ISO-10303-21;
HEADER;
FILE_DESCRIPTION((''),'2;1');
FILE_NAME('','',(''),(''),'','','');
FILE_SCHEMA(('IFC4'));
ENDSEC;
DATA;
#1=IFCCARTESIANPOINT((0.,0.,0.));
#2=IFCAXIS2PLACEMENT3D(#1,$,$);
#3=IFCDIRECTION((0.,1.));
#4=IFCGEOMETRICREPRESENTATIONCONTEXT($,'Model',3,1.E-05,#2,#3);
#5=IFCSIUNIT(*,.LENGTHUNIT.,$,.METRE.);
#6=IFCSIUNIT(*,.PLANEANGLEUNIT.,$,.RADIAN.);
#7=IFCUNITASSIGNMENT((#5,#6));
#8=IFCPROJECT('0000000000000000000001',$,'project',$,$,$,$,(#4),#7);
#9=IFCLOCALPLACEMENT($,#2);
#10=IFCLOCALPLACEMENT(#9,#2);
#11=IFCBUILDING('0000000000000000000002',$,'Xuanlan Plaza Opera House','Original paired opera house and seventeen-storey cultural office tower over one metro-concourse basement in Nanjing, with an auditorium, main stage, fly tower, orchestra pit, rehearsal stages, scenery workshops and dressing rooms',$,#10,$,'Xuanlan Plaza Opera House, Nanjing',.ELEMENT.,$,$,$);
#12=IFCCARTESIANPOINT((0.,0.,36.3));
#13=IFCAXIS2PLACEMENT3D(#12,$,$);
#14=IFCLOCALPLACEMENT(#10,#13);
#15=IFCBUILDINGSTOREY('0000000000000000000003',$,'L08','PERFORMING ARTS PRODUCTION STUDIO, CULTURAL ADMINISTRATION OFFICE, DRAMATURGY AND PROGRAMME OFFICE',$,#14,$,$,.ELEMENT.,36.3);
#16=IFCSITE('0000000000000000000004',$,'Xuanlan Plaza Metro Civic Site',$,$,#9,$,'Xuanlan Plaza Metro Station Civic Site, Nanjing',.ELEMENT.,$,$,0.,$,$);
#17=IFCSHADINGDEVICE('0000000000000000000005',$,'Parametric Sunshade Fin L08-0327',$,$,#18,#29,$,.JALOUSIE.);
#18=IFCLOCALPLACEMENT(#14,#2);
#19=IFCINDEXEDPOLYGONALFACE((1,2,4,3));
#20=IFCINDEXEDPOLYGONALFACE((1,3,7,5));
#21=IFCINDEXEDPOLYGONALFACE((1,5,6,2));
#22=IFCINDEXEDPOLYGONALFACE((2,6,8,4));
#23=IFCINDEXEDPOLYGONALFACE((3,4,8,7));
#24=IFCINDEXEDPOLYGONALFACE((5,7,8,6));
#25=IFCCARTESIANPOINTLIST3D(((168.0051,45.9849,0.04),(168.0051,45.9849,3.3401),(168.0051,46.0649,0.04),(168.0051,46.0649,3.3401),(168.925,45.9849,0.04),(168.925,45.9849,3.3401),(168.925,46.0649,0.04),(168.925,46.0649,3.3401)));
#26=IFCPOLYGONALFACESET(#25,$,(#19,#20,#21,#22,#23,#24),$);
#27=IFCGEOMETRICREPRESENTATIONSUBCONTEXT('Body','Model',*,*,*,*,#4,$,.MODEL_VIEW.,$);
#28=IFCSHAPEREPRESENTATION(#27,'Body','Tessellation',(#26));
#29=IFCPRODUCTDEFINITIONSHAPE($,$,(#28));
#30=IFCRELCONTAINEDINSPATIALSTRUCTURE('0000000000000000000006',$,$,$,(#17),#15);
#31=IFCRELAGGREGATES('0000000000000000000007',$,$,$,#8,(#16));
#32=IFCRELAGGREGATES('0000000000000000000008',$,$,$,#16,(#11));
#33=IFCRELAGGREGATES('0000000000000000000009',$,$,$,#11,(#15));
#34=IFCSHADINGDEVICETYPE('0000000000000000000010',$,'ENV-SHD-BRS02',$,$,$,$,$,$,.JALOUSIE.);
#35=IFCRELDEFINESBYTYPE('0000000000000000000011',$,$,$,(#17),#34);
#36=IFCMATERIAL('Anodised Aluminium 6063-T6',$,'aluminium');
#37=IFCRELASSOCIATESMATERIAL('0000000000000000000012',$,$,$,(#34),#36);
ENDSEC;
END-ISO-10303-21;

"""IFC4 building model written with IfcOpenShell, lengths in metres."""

from ifc_helpers import new_model, si_unit, direction, frame, origin, origin_2d, place, context, subcontext, project, spatial, rectangle, extrude, material, type_object, element, save


model = new_model("IFC4")

# Units and contexts
model_context = context("Model", 3, precision=1e-05, world=origin(), true_north=direction((0.0, 1.0)))
body_context = subcontext(model_context, "Body", "Model", "MODEL_VIEW")
ifc_project = project(units=[si_unit("LENGTHUNIT", "METRE"), si_unit("PLANEANGLEUNIT", "RADIAN")], contexts=[model_context])

# Site, building, storey
site_placement = place(None, origin())
site = spatial("IfcSite", under=ifc_project, at=site_placement, Name="Xuanlan Plaza Metro Civic Site", LongName="Xuanlan Plaza Metro Station Civic Site, Nanjing", CompositionType="ELEMENT", RefElevation=0.0)
building_placement = place(site_placement, origin())
building = spatial("IfcBuilding", under=site, at=building_placement, Name="Xuanlan Plaza Opera House", Description="Original paired opera house and seventeen-storey cultural office tower over one metro-concourse basement in Nanjing, with an auditorium, main stage, fly tower, orchestra pit, rehearsal stages, scenery workshops and dressing rooms", LongName="Xuanlan Plaza Opera House, Nanjing", CompositionType="ELEMENT")
storey_placement = place(building_placement, frame((0.0, 0.0, 36.3)))
storey = spatial("IfcBuildingStorey", under=building, at=storey_placement, Name="L08", Description="PERFORMING ARTS PRODUCTION STUDIO, CULTURAL ADMINISTRATION OFFICE, DRAMATURGY AND PROGRAMME OFFICE", CompositionType="ELEMENT", Elevation=36.3)

# Shared definitions
ifc_material_1 = material(Name="Anodised Aluminium 6063-T6", Category="aluminium")

# Shading device
shading_device_type_1 = type_object("IfcShadingDeviceType", Name="ENV-SHD-BRS02", PredefinedType="JALOUSIE", material=ifc_material_1)
shading_device_1_placement = place(storey_placement, frame((168.4651, 46.0249, 0.04), z_axis=(0.0, 0.0, 1.0), x_axis=(1.0, 0.0, 0.0)))
element("IfcShadingDevice", 1, at=shading_device_1_placement, inside=storey, type_object=shading_device_type_1, Name="Parametric Sunshade Fin L08-0327", PredefinedType="JALOUSIE", context=body_context, shape_type="SweptSolid", body=[
    extrude(rectangle(XDim=0.9199, YDim=0.0801, at=origin_2d()), origin(), (0.0, 0.0, 1.0), 3.3),
])

save(model, "model.ifc")
